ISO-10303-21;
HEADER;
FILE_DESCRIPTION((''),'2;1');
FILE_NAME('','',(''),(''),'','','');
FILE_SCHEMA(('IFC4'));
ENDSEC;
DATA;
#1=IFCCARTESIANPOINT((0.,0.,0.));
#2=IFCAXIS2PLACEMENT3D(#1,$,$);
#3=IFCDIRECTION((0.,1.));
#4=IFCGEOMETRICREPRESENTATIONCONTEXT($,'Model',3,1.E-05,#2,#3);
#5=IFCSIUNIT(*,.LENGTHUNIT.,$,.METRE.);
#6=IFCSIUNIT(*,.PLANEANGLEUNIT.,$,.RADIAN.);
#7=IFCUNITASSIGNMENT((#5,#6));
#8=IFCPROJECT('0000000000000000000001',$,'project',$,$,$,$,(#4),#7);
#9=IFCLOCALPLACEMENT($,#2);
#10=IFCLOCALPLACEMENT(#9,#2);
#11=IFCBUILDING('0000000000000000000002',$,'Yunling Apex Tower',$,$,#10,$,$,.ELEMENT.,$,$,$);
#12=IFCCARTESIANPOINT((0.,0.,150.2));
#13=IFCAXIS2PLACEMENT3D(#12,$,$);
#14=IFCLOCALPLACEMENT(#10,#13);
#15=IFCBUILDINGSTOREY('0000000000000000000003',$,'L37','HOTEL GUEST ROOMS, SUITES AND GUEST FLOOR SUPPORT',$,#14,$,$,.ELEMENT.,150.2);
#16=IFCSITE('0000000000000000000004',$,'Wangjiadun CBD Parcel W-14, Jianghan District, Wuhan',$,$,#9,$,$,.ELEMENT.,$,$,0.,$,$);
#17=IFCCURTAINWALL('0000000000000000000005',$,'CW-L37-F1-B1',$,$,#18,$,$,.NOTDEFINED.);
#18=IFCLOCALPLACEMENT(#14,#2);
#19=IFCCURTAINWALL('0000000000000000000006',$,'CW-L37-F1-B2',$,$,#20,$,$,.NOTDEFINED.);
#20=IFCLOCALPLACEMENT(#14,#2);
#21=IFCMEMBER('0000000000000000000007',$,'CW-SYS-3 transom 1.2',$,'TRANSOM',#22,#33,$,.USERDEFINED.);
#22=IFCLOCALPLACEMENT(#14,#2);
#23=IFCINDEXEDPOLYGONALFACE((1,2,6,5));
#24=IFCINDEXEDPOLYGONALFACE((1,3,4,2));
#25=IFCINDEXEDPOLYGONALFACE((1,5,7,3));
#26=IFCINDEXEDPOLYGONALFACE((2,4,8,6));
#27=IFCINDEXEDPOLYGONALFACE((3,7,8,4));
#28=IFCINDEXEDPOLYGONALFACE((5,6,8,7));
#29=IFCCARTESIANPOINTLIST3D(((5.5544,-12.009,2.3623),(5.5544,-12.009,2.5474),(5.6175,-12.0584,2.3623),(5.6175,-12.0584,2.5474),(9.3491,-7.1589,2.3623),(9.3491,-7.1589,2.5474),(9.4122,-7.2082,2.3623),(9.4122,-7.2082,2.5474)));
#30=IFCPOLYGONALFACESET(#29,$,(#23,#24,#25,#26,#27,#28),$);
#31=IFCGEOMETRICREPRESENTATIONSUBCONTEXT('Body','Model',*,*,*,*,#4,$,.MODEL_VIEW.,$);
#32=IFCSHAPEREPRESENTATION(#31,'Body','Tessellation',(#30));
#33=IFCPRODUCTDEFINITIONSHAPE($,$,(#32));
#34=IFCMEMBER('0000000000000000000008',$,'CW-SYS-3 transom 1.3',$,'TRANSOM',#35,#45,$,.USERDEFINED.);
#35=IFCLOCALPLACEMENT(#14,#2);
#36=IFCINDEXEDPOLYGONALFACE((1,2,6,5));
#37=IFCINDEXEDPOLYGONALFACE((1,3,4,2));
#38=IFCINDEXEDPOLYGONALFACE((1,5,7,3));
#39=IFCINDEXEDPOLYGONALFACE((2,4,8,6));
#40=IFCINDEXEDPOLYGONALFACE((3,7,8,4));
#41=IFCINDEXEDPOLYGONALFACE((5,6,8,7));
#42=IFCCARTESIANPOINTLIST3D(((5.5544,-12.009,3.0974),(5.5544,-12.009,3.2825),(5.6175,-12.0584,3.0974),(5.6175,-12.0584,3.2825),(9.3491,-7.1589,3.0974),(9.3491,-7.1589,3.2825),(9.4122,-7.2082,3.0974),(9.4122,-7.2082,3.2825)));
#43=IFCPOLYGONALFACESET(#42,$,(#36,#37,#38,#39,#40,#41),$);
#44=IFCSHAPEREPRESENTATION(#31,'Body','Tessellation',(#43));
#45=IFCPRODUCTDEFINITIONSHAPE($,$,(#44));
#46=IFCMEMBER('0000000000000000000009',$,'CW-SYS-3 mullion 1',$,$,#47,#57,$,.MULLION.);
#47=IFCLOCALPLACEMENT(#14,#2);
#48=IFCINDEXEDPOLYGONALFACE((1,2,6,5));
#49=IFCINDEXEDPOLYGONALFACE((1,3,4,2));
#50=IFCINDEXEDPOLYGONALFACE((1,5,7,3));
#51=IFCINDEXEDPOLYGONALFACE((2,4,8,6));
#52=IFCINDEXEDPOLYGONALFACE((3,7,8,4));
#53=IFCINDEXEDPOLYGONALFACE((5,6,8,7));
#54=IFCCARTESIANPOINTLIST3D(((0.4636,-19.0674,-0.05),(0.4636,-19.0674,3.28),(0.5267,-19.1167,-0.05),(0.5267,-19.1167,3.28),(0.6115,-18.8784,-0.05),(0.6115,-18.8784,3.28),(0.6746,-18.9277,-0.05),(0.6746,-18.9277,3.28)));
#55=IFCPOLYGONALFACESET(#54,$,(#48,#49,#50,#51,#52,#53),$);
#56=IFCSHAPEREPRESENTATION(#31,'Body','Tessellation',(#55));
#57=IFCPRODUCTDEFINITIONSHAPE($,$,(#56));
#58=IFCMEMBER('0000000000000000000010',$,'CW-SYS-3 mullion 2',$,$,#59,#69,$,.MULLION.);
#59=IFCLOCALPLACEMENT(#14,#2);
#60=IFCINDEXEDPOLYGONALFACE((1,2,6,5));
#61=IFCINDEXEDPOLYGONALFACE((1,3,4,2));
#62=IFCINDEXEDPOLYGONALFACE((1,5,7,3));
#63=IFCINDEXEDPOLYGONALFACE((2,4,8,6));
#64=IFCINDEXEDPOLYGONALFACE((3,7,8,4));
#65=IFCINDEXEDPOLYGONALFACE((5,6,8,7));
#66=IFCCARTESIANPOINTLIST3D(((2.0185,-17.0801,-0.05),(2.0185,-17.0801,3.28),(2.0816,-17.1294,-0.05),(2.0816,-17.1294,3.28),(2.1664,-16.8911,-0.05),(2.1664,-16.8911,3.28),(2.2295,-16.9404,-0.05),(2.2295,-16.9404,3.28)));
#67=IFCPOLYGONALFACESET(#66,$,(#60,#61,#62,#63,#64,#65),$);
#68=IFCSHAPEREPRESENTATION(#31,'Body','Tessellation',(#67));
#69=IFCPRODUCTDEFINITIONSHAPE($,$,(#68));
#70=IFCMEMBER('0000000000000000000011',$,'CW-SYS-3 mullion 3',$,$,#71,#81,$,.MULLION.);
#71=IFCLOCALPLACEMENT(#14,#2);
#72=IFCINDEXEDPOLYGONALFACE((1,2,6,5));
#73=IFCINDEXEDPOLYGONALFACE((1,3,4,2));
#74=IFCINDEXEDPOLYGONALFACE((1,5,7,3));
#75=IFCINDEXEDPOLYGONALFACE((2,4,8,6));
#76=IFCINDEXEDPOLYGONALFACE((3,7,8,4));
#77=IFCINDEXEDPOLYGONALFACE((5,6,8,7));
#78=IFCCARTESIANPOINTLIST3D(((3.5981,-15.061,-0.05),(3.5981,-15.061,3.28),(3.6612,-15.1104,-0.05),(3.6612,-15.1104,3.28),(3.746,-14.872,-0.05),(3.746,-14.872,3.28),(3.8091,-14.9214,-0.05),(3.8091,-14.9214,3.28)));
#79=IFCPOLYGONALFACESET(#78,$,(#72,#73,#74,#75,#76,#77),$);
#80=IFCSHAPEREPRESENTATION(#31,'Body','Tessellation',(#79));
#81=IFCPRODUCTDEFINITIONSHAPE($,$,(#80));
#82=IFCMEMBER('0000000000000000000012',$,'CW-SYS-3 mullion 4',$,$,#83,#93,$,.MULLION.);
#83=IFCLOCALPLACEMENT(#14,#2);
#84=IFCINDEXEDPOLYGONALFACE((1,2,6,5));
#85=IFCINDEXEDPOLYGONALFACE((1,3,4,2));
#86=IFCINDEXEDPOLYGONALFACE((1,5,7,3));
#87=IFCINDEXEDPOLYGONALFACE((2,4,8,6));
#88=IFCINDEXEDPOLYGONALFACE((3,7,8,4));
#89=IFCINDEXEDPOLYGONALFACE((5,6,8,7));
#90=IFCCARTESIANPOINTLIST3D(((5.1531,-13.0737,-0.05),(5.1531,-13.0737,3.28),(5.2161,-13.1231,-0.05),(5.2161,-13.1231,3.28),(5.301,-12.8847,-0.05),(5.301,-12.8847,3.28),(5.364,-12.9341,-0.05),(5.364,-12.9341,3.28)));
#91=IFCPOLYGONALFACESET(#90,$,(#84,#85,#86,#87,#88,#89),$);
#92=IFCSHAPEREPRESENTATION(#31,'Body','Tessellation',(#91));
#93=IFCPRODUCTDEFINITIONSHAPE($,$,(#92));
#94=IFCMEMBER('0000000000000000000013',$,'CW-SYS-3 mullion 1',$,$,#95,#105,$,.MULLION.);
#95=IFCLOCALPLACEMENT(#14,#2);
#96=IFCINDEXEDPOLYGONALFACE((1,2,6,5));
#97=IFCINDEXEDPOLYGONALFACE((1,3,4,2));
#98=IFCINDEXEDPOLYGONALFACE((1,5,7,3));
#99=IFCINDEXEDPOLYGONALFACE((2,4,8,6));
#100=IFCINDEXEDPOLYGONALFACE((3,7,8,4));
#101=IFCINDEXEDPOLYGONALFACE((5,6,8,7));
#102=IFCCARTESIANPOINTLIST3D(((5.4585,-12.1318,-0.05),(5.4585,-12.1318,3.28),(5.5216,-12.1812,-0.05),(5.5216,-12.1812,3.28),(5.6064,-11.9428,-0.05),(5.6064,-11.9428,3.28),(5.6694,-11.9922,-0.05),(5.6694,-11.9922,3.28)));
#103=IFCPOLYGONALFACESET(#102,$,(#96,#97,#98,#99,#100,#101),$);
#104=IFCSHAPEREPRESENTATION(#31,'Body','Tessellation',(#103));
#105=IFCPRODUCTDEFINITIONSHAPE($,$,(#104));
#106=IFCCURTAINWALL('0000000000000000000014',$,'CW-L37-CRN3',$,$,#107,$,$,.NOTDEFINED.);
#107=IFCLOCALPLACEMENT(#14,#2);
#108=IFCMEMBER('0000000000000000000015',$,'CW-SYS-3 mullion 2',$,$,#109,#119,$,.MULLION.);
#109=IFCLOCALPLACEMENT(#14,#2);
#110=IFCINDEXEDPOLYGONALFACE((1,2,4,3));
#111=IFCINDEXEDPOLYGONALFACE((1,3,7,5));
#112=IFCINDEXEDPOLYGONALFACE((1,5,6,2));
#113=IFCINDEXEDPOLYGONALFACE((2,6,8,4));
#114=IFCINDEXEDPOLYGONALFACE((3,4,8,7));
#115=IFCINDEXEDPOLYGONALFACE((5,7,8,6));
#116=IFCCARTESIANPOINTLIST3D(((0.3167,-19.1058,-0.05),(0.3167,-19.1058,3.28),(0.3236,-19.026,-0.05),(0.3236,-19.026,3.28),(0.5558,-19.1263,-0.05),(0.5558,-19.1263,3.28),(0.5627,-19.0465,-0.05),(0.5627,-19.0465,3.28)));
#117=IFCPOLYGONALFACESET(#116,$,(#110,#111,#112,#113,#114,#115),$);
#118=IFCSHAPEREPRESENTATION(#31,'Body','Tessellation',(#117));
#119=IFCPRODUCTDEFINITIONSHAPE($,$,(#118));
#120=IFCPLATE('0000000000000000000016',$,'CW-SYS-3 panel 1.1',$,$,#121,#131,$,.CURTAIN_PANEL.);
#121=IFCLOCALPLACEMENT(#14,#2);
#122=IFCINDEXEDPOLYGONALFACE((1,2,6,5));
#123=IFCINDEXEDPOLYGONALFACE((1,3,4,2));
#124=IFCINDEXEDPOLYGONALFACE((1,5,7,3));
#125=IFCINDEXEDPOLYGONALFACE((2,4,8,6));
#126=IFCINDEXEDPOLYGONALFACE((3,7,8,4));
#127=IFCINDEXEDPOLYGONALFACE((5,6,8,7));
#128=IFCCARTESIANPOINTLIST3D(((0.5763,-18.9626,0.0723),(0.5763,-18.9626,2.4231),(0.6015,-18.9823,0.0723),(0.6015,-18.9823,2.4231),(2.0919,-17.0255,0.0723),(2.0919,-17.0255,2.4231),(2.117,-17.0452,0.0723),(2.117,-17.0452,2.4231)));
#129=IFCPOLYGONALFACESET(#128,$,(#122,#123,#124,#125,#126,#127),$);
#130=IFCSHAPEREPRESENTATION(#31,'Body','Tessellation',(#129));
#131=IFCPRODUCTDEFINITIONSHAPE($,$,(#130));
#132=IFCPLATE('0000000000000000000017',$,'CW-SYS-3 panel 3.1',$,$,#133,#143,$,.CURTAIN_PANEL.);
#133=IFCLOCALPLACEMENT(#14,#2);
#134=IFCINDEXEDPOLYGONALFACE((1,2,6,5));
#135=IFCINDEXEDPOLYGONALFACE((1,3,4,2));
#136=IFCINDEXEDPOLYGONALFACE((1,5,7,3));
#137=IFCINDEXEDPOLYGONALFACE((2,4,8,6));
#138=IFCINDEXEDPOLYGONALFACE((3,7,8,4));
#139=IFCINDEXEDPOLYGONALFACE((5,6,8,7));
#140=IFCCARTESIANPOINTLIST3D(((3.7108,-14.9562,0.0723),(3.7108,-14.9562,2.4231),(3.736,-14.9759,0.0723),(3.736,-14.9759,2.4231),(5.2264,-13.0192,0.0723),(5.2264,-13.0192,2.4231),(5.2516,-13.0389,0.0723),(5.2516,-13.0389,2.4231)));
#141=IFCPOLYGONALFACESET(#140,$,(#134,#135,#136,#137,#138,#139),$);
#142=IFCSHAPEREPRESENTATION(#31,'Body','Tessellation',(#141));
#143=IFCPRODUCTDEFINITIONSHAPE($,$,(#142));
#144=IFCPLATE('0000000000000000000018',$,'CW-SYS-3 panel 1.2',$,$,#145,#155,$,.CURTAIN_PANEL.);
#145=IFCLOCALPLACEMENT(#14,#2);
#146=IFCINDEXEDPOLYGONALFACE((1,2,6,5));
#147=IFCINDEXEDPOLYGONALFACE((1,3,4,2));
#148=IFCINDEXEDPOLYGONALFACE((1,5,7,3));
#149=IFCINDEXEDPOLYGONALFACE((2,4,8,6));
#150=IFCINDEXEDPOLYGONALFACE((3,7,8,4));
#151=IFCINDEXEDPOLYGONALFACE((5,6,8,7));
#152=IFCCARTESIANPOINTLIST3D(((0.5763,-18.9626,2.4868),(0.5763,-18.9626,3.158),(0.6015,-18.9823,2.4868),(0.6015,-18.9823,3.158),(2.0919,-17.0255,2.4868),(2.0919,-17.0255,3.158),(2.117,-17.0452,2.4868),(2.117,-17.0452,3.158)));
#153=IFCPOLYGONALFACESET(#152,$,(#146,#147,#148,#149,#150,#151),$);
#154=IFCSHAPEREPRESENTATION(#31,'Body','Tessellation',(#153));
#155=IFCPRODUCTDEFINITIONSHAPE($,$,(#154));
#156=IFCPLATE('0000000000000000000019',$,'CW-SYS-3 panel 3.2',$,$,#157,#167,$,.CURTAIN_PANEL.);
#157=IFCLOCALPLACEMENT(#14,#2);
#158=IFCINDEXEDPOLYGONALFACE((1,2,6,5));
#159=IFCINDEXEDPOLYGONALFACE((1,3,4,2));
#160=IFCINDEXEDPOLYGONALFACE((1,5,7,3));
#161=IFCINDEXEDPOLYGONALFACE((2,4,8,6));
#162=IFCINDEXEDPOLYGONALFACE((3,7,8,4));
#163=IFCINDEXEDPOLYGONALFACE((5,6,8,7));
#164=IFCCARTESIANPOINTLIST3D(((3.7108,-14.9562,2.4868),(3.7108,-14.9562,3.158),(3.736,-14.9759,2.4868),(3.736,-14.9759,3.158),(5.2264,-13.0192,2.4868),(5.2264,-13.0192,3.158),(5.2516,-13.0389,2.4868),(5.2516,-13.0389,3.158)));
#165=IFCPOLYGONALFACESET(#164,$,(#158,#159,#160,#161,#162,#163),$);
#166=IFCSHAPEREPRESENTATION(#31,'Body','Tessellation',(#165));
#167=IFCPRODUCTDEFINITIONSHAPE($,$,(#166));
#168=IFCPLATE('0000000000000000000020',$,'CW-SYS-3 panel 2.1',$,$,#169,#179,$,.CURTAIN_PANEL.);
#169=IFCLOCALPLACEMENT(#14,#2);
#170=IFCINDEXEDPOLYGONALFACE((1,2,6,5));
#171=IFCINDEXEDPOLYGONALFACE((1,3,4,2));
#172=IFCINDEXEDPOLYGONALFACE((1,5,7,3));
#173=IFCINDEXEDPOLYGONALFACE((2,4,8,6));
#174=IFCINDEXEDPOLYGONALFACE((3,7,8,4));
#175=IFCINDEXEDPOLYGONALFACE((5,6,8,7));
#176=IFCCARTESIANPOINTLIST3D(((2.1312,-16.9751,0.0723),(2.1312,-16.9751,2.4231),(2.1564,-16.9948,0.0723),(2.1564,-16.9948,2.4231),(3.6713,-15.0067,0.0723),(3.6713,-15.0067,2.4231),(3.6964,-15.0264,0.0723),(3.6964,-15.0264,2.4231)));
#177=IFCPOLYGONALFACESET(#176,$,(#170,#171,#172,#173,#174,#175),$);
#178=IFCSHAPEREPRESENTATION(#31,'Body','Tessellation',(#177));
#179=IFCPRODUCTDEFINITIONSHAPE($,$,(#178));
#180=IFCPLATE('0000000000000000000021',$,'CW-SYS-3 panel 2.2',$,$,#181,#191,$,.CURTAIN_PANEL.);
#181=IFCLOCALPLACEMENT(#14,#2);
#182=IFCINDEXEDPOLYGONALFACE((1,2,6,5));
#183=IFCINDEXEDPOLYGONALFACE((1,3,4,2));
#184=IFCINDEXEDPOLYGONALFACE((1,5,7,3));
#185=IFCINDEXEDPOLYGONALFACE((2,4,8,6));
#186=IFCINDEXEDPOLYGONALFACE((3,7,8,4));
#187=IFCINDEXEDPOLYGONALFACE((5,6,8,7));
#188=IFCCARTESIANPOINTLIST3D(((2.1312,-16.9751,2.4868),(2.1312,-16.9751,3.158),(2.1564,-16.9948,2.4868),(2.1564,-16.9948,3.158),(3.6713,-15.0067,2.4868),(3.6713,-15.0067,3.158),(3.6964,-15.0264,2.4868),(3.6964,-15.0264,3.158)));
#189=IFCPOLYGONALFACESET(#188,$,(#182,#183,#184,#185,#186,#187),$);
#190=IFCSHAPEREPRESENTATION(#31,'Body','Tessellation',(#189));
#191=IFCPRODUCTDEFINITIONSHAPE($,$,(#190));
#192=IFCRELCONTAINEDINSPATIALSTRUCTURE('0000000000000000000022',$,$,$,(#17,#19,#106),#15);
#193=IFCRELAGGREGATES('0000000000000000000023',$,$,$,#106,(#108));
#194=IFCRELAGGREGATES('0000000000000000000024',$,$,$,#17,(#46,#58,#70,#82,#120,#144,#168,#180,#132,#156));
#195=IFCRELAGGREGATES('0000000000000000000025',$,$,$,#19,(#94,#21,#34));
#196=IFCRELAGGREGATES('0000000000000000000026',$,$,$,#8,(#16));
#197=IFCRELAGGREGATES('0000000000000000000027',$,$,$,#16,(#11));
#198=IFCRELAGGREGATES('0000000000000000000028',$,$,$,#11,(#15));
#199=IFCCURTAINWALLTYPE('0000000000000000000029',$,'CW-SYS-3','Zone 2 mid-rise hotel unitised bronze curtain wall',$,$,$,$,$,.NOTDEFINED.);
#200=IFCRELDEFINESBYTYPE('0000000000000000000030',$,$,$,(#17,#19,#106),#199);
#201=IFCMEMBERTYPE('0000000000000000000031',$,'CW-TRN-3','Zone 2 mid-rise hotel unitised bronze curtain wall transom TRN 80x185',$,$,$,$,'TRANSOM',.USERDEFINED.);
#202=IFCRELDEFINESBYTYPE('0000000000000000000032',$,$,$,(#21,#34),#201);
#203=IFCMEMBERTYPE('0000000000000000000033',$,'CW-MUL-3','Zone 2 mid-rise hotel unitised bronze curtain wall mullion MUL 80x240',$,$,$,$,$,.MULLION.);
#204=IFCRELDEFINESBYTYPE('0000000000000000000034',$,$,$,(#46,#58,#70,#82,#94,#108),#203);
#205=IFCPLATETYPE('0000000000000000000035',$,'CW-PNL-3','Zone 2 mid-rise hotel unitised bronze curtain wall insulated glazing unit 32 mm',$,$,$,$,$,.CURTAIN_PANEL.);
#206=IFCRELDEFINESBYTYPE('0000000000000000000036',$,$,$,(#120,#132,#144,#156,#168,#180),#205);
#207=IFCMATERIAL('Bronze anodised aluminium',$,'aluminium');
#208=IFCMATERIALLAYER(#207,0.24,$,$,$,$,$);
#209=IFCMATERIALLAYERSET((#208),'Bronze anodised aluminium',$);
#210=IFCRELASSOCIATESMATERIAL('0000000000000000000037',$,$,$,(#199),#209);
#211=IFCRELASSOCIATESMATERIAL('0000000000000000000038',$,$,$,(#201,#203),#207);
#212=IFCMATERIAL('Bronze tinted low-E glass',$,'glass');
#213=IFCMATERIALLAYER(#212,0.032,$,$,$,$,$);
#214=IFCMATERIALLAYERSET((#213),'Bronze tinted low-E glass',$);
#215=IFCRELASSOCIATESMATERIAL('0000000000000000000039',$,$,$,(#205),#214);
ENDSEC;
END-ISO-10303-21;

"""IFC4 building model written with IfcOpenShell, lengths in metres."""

from ifc_helpers import new_model, si_unit, direction, frame, origin, origin_2d, place, context, subcontext, project, spatial, rectangle, extrude, source, transform, mapped, material, layer, layer_set, material_profile, profile_set, type_object, element, aggregate, save


model = new_model("IFC4")

# Units and contexts
model_context = context("Model", 3, precision=1e-05, world=origin(), true_north=direction((0.0, 1.0)))
body_context = subcontext(model_context, "Body", "Model", "MODEL_VIEW")
ifc_project = project(units=[si_unit("LENGTHUNIT", "METRE"), si_unit("PLANEANGLEUNIT", "RADIAN")], contexts=[model_context])

# Site, building, storey
site_placement = place(None, origin())
site = spatial("IfcSite", under=ifc_project, at=site_placement, Name="Wangjiadun CBD Parcel W-14, Jianghan District, Wuhan", CompositionType="ELEMENT", RefElevation=0.0)
building_placement = place(site_placement, origin())
building = spatial("IfcBuilding", under=site, at=building_placement, Name="Yunling Apex Tower", CompositionType="ELEMENT")
storey_placement = place(building_placement, frame((0.0, 0.0, 150.2)))
storey = spatial("IfcBuildingStorey", under=building, at=storey_placement, Name="L37", Description="HOTEL GUEST ROOMS, SUITES AND GUEST FLOOR SUPPORT", CompositionType="ELEMENT", Elevation=150.2)

# Curtain walls, members
ifc_material_1 = material(Name="Bronze anodised aluminium", Category="aluminium")
ifc_layer_1 = layer(ifc_material_1, 0.24)
ifc_layer_set_1 = layer_set([ifc_layer_1], Name="Bronze anodised aluminium")
curtain_wall_type = type_object("IfcCurtainWallType", Name="CW-SYS-3", Description="Zone 2 mid-rise hotel unitised bronze curtain wall", PredefinedType="NOTDEFINED", material=ifc_layer_set_1)
curtain_wall_1_placement = place(storey_placement, origin())
curtain_wall_1 = element("IfcCurtainWall", 1, at=curtain_wall_1_placement, inside=storey, type_object=curtain_wall_type, Name="CW-L37-F1-B1", PredefinedType="NOTDEFINED")
ifc_material_profile_1 = material_profile(ifc_material_1, rectangle(XDim=0.0801, YDim=0.1851, at=origin_2d()))
ifc_profile_set_1 = profile_set([ifc_material_profile_1], Name="Bronze anodised aluminium")
member_type_1 = type_object("IfcMemberType", Name="CW-TRN-3", Description="Zone 2 mid-rise hotel unitised bronze curtain wall transom TRN 80x185", ElementType="TRANSOM", PredefinedType="USERDEFINED", material=ifc_profile_set_1)
curtain_wall_2_placement = place(storey_placement, origin())
curtain_wall_2 = element("IfcCurtainWall", 2, at=curtain_wall_2_placement, inside=storey, type_object=curtain_wall_type, Name="CW-L37-F1-B2", PredefinedType="NOTDEFINED")
shared_shape_1 = source(origin(), body_context, "Body", "SweptSolid", [
    extrude(rectangle(XDim=0.0801, YDim=0.1851, at=origin_2d()), origin(), (0.0, 0.0, 1.0), 6.1582),
])
member_1_placement = place(storey_placement, frame((5.5859, -12.0337, 2.4548), z_axis=(0.616202, 0.787588, 0.0), x_axis=(-0.787588, 0.616202, 0.0)))
member_1 = element("IfcMember", 3, at=member_1_placement, type_object=member_type_1, Name="CW-SYS-3 transom 1.2", ObjectType="TRANSOM", PredefinedType="USERDEFINED", context=body_context, shape_type="MappedRepresentation", body=[
    mapped(shared_shape_1, transform((0.0, 0.0, 0.0), scale=1.0)),
])
member_2_placement = place(storey_placement, frame((5.5859, -12.0337, 3.1899), z_axis=(0.616202, 0.787588, 0.0), x_axis=(-0.787588, 0.616202, 0.0)))
member_2 = element("IfcMember", 4, at=member_2_placement, type_object=member_type_1, Name="CW-SYS-3 transom 1.3", ObjectType="TRANSOM", PredefinedType="USERDEFINED", context=body_context, shape_type="MappedRepresentation", body=[
    mapped(shared_shape_1, transform((0.0, 0.0, 0.0), scale=1.0)),
])

# Members
ifc_material_profile_2 = material_profile(ifc_material_1, rectangle(XDim=0.0801, YDim=0.24, at=origin_2d()))
ifc_profile_set_2 = profile_set([ifc_material_profile_2], Name="Bronze anodised aluminium")
member_type_2 = type_object("IfcMemberType", Name="CW-MUL-3", Description="Zone 2 mid-rise hotel unitised bronze curtain wall mullion MUL 80x240", PredefinedType="MULLION", material=ifc_profile_set_2)
shared_shape_2 = source(origin(), body_context, "Body", "SweptSolid", [
    extrude(rectangle(XDim=0.0801, YDim=0.24, at=origin_2d()), origin(), (0.0, 0.0, 1.0), 3.3301),
])
member_3_placement = place(storey_placement, frame((0.5691, -18.9976, -0.05), z_axis=(0.0, 0.0, 1.0), x_axis=(-0.787584, 0.616208, 0.0)))
member_3 = element("IfcMember", 5, at=member_3_placement, type_object=member_type_2, Name="CW-SYS-3 mullion 1", PredefinedType="MULLION", context=body_context, shape_type="MappedRepresentation", body=[
    mapped(shared_shape_2, transform((0.0, 0.0, 0.0), scale=1.0)),
])
member_4_placement = place(storey_placement, frame((2.124, -17.0103, -0.05), z_axis=(0.0, 0.0, 1.0), x_axis=(-0.787584, 0.616208, 0.0)))
member_4 = element("IfcMember", 6, at=member_4_placement, type_object=member_type_2, Name="CW-SYS-3 mullion 2", PredefinedType="MULLION", context=body_context, shape_type="MappedRepresentation", body=[
    mapped(shared_shape_2, transform((0.0, 0.0, 0.0), scale=1.0)),
])
member_5_placement = place(storey_placement, frame((3.7036, -14.9912, -0.05), z_axis=(0.0, 0.0, 1.0), x_axis=(-0.787584, 0.616208, 0.0)))
member_5 = element("IfcMember", 7, at=member_5_placement, type_object=member_type_2, Name="CW-SYS-3 mullion 3", PredefinedType="MULLION", context=body_context, shape_type="MappedRepresentation", body=[
    mapped(shared_shape_2, transform((0.0, 0.0, 0.0), scale=1.0)),
])
member_6_placement = place(storey_placement, frame((5.2585, -13.0039, -0.05), z_axis=(0.0, 0.0, 1.0), x_axis=(-0.787584, 0.616208, 0.0)))
member_6 = element("IfcMember", 8, at=member_6_placement, type_object=member_type_2, Name="CW-SYS-3 mullion 4", PredefinedType="MULLION", context=body_context, shape_type="MappedRepresentation", body=[
    mapped(shared_shape_2, transform((0.0, 0.0, 0.0), scale=1.0)),
])
member_7_placement = place(storey_placement, frame((5.564, -12.062, -0.05), z_axis=(0.0, 0.0, 1.0), x_axis=(-0.78759, 0.616199, 0.0)))
member_7 = element("IfcMember", 9, at=member_7_placement, type_object=member_type_2, Name="CW-SYS-3 mullion 1", PredefinedType="MULLION", context=body_context, shape_type="MappedRepresentation", body=[
    mapped(shared_shape_2, transform((0.0, 0.0, 0.0), scale=1.0)),
])

# Curtain wall, member
curtain_wall_3_placement = place(storey_placement, origin())
curtain_wall_3 = element("IfcCurtainWall", 10, at=curtain_wall_3_placement, inside=storey, type_object=curtain_wall_type, Name="CW-L37-CRN3", PredefinedType="NOTDEFINED")
member_8_placement = place(storey_placement, frame((0.4397, -19.0762, -0.05), z_axis=(0.0, 0.0, 1.0), x_axis=(0.08555, 0.996334, 0.0)))
member_8 = element("IfcMember", 11, at=member_8_placement, type_object=member_type_2, Name="CW-SYS-3 mullion 2", PredefinedType="MULLION", context=body_context, shape_type="MappedRepresentation", body=[
    mapped(shared_shape_2, transform((0.0, 0.0, 0.0), scale=1.0)),
])
aggregate(curtain_wall_3, [member_8])

# Plates
ifc_material_2 = material(Name="Bronze tinted low-E glass", Category="glass")
ifc_layer_2 = layer(ifc_material_2, 0.032)
ifc_layer_set_2 = layer_set([ifc_layer_2], Name="Bronze tinted low-E glass")
plate_type = type_object("IfcPlateType", Name="CW-PNL-3", Description="Zone 2 mid-rise hotel unitised bronze curtain wall insulated glazing unit 32 mm", PredefinedType="CURTAIN_PANEL", material=ifc_layer_set_2)
shared_shape_3 = source(origin(), body_context, "Body", "SweptSolid", [
    extrude(rectangle(XDim=2.4595, YDim=0.032, at=origin_2d()), origin(), (0.0, 0.0, 1.0), 2.3508),
])
plate_1_placement = place(storey_placement, frame((1.3467, -18.0039, 0.0723), z_axis=(0.0, 0.0, 1.0), x_axis=(0.616208, 0.787584, 0.0)))
plate_1 = element("IfcPlate", 12, at=plate_1_placement, type_object=plate_type, Name="CW-SYS-3 panel 1.1", PredefinedType="CURTAIN_PANEL", context=body_context, shape_type="MappedRepresentation", body=[
    mapped(shared_shape_3, transform((0.0, 0.0, 0.0), scale=1.0)),
])
plate_2_placement = place(storey_placement, frame((4.4812, -13.9976, 0.0723), z_axis=(0.0, 0.0, 1.0), x_axis=(0.616208, 0.787584, 0.0)))
plate_2 = element("IfcPlate", 13, at=plate_2_placement, type_object=plate_type, Name="CW-SYS-3 panel 3.1", PredefinedType="CURTAIN_PANEL", context=body_context, shape_type="MappedRepresentation", body=[
    mapped(shared_shape_3, transform((0.0, 0.0, 0.0), scale=1.0)),
])
shared_shape_4 = source(origin(), body_context, "Body", "SweptSolid", [
    extrude(rectangle(XDim=2.4595, YDim=0.032, at=origin_2d()), origin(), (0.0, 0.0, 1.0), 0.6711),
])
plate_3_placement = place(storey_placement, frame((1.3467, -18.0039, 2.4868), z_axis=(0.0, 0.0, 1.0), x_axis=(0.616208, 0.787584, 0.0)))
plate_3 = element("IfcPlate", 14, at=plate_3_placement, type_object=plate_type, Name="CW-SYS-3 panel 1.2", PredefinedType="CURTAIN_PANEL", context=body_context, shape_type="MappedRepresentation", body=[
    mapped(shared_shape_4, transform((0.0, 0.0, 0.0), scale=1.0)),
])
plate_4_placement = place(storey_placement, frame((4.4812, -13.9976, 2.4868), z_axis=(0.0, 0.0, 1.0), x_axis=(0.616208, 0.787584, 0.0)))
plate_4 = element("IfcPlate", 15, at=plate_4_placement, type_object=plate_type, Name="CW-SYS-3 panel 3.2", PredefinedType="CURTAIN_PANEL", context=body_context, shape_type="MappedRepresentation", body=[
    mapped(shared_shape_4, transform((0.0, 0.0, 0.0), scale=1.0)),
])
shared_shape_5 = source(origin(), body_context, "Body", "SweptSolid", [
    extrude(rectangle(XDim=2.4993, YDim=0.032, at=origin_2d()), origin(), (0.0, 0.0, 1.0), 2.3508),
])
plate_5_placement = place(storey_placement, frame((2.9138, -16.0007, 0.0723), z_axis=(0.0, 0.0, 1.0), x_axis=(0.616208, 0.787584, 0.0)))
plate_5 = element("IfcPlate", 16, at=plate_5_placement, type_object=plate_type, Name="CW-SYS-3 panel 2.1", PredefinedType="CURTAIN_PANEL", context=body_context, shape_type="MappedRepresentation", body=[
    mapped(shared_shape_5, transform((0.0, 0.0, 0.0), scale=1.0)),
])
shared_shape_6 = source(origin(), body_context, "Body", "SweptSolid", [
    extrude(rectangle(XDim=2.4993, YDim=0.032, at=origin_2d()), origin(), (0.0, 0.0, 1.0), 0.6711),
])
plate_6_placement = place(storey_placement, frame((2.9138, -16.0007, 2.4868), z_axis=(0.0, 0.0, 1.0), x_axis=(0.616208, 0.787584, 0.0)))
plate_6 = element("IfcPlate", 17, at=plate_6_placement, type_object=plate_type, Name="CW-SYS-3 panel 2.2", PredefinedType="CURTAIN_PANEL", context=body_context, shape_type="MappedRepresentation", body=[
    mapped(shared_shape_6, transform((0.0, 0.0, 0.0), scale=1.0)),
])
aggregate(curtain_wall_1, [member_3, member_4, member_5, member_6, plate_1, plate_3, plate_5, plate_6, plate_2, plate_4])
aggregate(curtain_wall_2, [member_7, member_1, member_2])

save(model, "model.ifc")
